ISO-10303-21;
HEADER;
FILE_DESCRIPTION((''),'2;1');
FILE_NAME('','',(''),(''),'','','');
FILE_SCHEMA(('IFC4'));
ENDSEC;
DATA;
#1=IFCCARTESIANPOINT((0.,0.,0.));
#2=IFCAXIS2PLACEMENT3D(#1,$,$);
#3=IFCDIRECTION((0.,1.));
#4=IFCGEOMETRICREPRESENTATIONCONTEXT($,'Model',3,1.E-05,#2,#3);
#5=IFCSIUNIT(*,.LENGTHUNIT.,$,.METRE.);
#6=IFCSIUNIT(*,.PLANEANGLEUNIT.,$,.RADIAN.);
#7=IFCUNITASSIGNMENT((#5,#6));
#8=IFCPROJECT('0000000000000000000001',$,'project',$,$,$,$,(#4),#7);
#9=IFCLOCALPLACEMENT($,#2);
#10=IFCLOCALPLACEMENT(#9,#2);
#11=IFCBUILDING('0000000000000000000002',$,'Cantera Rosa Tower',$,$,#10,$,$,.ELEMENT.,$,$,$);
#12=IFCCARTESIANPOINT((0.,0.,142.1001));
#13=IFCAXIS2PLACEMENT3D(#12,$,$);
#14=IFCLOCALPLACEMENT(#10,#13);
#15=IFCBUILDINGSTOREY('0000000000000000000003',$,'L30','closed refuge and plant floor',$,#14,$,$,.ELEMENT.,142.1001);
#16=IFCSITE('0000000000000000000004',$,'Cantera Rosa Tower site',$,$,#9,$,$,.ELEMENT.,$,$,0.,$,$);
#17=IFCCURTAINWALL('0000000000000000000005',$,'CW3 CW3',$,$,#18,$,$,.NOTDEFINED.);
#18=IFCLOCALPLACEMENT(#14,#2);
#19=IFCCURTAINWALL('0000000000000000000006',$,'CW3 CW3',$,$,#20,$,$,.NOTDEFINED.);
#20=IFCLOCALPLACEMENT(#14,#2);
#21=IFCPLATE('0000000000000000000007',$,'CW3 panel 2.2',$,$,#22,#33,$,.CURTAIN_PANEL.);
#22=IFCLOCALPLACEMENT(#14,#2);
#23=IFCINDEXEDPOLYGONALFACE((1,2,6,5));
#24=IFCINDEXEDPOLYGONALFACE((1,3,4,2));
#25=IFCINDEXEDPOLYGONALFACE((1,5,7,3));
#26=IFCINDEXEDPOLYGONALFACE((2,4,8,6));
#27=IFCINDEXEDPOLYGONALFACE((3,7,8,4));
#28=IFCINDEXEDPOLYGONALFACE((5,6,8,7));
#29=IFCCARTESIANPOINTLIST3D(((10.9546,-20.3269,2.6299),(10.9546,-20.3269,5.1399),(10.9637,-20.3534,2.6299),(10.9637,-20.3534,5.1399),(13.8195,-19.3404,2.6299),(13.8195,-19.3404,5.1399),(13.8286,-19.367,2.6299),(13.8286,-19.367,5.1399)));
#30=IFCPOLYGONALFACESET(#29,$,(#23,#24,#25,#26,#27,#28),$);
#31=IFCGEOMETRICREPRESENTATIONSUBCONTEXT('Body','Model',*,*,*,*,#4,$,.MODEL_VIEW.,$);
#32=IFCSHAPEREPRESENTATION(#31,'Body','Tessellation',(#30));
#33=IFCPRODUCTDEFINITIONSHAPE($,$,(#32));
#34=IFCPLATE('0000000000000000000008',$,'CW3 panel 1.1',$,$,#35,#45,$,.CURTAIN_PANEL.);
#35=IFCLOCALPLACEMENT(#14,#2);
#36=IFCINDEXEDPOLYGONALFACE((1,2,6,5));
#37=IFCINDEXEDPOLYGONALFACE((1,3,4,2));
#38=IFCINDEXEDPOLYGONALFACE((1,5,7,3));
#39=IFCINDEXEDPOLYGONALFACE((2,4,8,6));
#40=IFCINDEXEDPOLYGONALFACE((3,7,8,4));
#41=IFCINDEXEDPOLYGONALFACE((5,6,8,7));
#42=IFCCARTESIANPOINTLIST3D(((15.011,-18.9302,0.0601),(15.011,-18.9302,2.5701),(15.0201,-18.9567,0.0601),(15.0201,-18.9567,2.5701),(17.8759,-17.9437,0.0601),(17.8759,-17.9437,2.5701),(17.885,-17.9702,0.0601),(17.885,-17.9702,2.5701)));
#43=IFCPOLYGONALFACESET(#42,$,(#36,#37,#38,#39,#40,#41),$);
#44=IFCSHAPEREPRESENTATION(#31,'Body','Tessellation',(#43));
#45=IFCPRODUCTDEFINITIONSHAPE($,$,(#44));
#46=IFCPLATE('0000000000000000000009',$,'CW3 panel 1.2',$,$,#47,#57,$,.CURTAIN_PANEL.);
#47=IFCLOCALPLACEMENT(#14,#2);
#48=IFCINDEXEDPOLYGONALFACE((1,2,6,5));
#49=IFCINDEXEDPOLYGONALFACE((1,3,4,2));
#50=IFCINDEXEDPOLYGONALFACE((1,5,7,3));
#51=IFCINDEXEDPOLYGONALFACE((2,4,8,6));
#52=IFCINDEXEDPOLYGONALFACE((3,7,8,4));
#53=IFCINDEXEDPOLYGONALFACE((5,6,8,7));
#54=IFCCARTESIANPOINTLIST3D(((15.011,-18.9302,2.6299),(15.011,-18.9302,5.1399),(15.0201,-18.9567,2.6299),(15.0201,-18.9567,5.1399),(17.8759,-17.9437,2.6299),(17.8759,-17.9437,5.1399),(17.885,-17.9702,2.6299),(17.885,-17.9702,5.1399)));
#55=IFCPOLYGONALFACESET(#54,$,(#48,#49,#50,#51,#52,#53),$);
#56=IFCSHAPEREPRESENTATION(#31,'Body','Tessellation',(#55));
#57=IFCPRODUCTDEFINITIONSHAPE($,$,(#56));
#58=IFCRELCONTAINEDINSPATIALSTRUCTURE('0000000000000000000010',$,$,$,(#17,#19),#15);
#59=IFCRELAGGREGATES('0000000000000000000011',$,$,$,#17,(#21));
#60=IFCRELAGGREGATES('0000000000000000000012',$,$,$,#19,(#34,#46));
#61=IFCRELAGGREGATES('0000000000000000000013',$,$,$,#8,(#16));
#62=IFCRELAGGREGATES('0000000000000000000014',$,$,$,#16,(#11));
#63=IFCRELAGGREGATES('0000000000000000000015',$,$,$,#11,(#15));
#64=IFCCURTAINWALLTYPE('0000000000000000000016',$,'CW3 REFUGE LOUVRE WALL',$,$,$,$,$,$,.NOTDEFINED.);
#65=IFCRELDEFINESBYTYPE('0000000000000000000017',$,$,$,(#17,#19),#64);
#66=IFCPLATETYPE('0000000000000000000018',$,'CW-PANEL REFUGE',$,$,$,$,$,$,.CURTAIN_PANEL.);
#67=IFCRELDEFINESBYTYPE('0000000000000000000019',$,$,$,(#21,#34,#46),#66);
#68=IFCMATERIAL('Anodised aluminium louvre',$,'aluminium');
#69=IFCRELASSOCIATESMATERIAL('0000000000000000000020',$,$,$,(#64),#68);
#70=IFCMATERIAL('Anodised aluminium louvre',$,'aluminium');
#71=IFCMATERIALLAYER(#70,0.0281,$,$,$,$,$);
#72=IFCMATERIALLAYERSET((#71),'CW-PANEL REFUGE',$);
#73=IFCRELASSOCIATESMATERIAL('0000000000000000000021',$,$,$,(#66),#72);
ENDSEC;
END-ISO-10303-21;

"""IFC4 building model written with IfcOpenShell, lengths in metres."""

from ifc_helpers import new_model, si_unit, direction, frame, origin, origin_2d, place, context, subcontext, project, spatial, rectangle, extrude, material, layer, layer_set, type_object, element, aggregate, save


model = new_model("IFC4")

# Units and contexts
model_context = context("Model", 3, precision=1e-05, world=origin(), true_north=direction((0.0, 1.0)))
body_context = subcontext(model_context, "Body", "Model", "MODEL_VIEW")
ifc_project = project(units=[si_unit("LENGTHUNIT", "METRE"), si_unit("PLANEANGLEUNIT", "RADIAN")], contexts=[model_context])

# Site, building, storey
site_placement = place(None, origin())
site = spatial("IfcSite", under=ifc_project, at=site_placement, Name="Cantera Rosa Tower site", CompositionType="ELEMENT", RefElevation=0.0)
building_placement = place(site_placement, origin())
building = spatial("IfcBuilding", under=site, at=building_placement, Name="Cantera Rosa Tower", CompositionType="ELEMENT")
storey_placement = place(building_placement, frame((0.0, 0.0, 142.1001)))
storey = spatial("IfcBuildingStorey", under=building, at=storey_placement, Name="L30", Description="closed refuge and plant floor", CompositionType="ELEMENT", Elevation=142.1001)

# Curtain wall
ifc_material_1 = material(Name="Anodised aluminium louvre", Category="aluminium")
curtain_wall_type = type_object("IfcCurtainWallType", Name="CW3 REFUGE LOUVRE WALL", PredefinedType="NOTDEFINED", material=ifc_material_1)
curtain_wall_1_placement = place(storey_placement, origin())
curtain_wall_1 = element("IfcCurtainWall", 1, at=curtain_wall_1_placement, inside=storey, type_object=curtain_wall_type, Name="CW3 CW3", PredefinedType="NOTDEFINED")

# Curtain wall
curtain_wall_2_placement = place(storey_placement, origin())
curtain_wall_2 = element("IfcCurtainWall", 2, at=curtain_wall_2_placement, inside=storey, type_object=curtain_wall_type, Name="CW3 CW3", PredefinedType="NOTDEFINED")

# Plates
ifc_material_2 = material(Name="Anodised aluminium louvre", Category="aluminium")
ifc_layer = layer(ifc_material_2, 0.0281)
ifc_layer_set = layer_set([ifc_layer], Name="CW-PANEL REFUGE")
plate_type = type_object("IfcPlateType", Name="CW-PANEL REFUGE", PredefinedType="CURTAIN_PANEL", material=ifc_layer_set)
plate_1_placement = place(storey_placement, frame((12.3916, -19.8469, 2.6299), z_axis=(0.0, 0.0, 1.0), x_axis=(0.945519, 0.325568, 0.0)))
plate_1 = element("IfcPlate", 3, at=plate_1_placement, type_object=plate_type, Name="CW3 panel 2.2", PredefinedType="CURTAIN_PANEL", context=body_context, shape_type="SweptSolid", body=[
    extrude(rectangle(XDim=3.03, YDim=0.0281, at=origin_2d()), origin(), (0.0, 0.0, 1.0), 2.51),
])
aggregate(curtain_wall_1, [plate_1])
plate_2_placement = place(storey_placement, frame((16.448, -18.4502, 0.0601), z_axis=(0.0, 0.0, 1.0), x_axis=(0.945519, 0.325568, 0.0)))
plate_2 = element("IfcPlate", 4, at=plate_2_placement, type_object=plate_type, Name="CW3 panel 1.1", PredefinedType="CURTAIN_PANEL", context=body_context, shape_type="SweptSolid", body=[
    extrude(rectangle(XDim=3.03, YDim=0.0281, at=origin_2d()), origin(), (0.0, 0.0, 1.0), 2.51),
])
plate_3_placement = place(storey_placement, frame((16.448, -18.4502, 2.6299), z_axis=(0.0, 0.0, 1.0), x_axis=(0.945519, 0.325568, 0.0)))
plate_3 = element("IfcPlate", 5, at=plate_3_placement, type_object=plate_type, Name="CW3 panel 1.2", PredefinedType="CURTAIN_PANEL", context=body_context, shape_type="SweptSolid", body=[
    extrude(rectangle(XDim=3.03, YDim=0.0281, at=origin_2d()), origin(), (0.0, 0.0, 1.0), 2.51),
])
aggregate(curtain_wall_2, [plate_2, plate_3])

save(model, "model.ifc")
